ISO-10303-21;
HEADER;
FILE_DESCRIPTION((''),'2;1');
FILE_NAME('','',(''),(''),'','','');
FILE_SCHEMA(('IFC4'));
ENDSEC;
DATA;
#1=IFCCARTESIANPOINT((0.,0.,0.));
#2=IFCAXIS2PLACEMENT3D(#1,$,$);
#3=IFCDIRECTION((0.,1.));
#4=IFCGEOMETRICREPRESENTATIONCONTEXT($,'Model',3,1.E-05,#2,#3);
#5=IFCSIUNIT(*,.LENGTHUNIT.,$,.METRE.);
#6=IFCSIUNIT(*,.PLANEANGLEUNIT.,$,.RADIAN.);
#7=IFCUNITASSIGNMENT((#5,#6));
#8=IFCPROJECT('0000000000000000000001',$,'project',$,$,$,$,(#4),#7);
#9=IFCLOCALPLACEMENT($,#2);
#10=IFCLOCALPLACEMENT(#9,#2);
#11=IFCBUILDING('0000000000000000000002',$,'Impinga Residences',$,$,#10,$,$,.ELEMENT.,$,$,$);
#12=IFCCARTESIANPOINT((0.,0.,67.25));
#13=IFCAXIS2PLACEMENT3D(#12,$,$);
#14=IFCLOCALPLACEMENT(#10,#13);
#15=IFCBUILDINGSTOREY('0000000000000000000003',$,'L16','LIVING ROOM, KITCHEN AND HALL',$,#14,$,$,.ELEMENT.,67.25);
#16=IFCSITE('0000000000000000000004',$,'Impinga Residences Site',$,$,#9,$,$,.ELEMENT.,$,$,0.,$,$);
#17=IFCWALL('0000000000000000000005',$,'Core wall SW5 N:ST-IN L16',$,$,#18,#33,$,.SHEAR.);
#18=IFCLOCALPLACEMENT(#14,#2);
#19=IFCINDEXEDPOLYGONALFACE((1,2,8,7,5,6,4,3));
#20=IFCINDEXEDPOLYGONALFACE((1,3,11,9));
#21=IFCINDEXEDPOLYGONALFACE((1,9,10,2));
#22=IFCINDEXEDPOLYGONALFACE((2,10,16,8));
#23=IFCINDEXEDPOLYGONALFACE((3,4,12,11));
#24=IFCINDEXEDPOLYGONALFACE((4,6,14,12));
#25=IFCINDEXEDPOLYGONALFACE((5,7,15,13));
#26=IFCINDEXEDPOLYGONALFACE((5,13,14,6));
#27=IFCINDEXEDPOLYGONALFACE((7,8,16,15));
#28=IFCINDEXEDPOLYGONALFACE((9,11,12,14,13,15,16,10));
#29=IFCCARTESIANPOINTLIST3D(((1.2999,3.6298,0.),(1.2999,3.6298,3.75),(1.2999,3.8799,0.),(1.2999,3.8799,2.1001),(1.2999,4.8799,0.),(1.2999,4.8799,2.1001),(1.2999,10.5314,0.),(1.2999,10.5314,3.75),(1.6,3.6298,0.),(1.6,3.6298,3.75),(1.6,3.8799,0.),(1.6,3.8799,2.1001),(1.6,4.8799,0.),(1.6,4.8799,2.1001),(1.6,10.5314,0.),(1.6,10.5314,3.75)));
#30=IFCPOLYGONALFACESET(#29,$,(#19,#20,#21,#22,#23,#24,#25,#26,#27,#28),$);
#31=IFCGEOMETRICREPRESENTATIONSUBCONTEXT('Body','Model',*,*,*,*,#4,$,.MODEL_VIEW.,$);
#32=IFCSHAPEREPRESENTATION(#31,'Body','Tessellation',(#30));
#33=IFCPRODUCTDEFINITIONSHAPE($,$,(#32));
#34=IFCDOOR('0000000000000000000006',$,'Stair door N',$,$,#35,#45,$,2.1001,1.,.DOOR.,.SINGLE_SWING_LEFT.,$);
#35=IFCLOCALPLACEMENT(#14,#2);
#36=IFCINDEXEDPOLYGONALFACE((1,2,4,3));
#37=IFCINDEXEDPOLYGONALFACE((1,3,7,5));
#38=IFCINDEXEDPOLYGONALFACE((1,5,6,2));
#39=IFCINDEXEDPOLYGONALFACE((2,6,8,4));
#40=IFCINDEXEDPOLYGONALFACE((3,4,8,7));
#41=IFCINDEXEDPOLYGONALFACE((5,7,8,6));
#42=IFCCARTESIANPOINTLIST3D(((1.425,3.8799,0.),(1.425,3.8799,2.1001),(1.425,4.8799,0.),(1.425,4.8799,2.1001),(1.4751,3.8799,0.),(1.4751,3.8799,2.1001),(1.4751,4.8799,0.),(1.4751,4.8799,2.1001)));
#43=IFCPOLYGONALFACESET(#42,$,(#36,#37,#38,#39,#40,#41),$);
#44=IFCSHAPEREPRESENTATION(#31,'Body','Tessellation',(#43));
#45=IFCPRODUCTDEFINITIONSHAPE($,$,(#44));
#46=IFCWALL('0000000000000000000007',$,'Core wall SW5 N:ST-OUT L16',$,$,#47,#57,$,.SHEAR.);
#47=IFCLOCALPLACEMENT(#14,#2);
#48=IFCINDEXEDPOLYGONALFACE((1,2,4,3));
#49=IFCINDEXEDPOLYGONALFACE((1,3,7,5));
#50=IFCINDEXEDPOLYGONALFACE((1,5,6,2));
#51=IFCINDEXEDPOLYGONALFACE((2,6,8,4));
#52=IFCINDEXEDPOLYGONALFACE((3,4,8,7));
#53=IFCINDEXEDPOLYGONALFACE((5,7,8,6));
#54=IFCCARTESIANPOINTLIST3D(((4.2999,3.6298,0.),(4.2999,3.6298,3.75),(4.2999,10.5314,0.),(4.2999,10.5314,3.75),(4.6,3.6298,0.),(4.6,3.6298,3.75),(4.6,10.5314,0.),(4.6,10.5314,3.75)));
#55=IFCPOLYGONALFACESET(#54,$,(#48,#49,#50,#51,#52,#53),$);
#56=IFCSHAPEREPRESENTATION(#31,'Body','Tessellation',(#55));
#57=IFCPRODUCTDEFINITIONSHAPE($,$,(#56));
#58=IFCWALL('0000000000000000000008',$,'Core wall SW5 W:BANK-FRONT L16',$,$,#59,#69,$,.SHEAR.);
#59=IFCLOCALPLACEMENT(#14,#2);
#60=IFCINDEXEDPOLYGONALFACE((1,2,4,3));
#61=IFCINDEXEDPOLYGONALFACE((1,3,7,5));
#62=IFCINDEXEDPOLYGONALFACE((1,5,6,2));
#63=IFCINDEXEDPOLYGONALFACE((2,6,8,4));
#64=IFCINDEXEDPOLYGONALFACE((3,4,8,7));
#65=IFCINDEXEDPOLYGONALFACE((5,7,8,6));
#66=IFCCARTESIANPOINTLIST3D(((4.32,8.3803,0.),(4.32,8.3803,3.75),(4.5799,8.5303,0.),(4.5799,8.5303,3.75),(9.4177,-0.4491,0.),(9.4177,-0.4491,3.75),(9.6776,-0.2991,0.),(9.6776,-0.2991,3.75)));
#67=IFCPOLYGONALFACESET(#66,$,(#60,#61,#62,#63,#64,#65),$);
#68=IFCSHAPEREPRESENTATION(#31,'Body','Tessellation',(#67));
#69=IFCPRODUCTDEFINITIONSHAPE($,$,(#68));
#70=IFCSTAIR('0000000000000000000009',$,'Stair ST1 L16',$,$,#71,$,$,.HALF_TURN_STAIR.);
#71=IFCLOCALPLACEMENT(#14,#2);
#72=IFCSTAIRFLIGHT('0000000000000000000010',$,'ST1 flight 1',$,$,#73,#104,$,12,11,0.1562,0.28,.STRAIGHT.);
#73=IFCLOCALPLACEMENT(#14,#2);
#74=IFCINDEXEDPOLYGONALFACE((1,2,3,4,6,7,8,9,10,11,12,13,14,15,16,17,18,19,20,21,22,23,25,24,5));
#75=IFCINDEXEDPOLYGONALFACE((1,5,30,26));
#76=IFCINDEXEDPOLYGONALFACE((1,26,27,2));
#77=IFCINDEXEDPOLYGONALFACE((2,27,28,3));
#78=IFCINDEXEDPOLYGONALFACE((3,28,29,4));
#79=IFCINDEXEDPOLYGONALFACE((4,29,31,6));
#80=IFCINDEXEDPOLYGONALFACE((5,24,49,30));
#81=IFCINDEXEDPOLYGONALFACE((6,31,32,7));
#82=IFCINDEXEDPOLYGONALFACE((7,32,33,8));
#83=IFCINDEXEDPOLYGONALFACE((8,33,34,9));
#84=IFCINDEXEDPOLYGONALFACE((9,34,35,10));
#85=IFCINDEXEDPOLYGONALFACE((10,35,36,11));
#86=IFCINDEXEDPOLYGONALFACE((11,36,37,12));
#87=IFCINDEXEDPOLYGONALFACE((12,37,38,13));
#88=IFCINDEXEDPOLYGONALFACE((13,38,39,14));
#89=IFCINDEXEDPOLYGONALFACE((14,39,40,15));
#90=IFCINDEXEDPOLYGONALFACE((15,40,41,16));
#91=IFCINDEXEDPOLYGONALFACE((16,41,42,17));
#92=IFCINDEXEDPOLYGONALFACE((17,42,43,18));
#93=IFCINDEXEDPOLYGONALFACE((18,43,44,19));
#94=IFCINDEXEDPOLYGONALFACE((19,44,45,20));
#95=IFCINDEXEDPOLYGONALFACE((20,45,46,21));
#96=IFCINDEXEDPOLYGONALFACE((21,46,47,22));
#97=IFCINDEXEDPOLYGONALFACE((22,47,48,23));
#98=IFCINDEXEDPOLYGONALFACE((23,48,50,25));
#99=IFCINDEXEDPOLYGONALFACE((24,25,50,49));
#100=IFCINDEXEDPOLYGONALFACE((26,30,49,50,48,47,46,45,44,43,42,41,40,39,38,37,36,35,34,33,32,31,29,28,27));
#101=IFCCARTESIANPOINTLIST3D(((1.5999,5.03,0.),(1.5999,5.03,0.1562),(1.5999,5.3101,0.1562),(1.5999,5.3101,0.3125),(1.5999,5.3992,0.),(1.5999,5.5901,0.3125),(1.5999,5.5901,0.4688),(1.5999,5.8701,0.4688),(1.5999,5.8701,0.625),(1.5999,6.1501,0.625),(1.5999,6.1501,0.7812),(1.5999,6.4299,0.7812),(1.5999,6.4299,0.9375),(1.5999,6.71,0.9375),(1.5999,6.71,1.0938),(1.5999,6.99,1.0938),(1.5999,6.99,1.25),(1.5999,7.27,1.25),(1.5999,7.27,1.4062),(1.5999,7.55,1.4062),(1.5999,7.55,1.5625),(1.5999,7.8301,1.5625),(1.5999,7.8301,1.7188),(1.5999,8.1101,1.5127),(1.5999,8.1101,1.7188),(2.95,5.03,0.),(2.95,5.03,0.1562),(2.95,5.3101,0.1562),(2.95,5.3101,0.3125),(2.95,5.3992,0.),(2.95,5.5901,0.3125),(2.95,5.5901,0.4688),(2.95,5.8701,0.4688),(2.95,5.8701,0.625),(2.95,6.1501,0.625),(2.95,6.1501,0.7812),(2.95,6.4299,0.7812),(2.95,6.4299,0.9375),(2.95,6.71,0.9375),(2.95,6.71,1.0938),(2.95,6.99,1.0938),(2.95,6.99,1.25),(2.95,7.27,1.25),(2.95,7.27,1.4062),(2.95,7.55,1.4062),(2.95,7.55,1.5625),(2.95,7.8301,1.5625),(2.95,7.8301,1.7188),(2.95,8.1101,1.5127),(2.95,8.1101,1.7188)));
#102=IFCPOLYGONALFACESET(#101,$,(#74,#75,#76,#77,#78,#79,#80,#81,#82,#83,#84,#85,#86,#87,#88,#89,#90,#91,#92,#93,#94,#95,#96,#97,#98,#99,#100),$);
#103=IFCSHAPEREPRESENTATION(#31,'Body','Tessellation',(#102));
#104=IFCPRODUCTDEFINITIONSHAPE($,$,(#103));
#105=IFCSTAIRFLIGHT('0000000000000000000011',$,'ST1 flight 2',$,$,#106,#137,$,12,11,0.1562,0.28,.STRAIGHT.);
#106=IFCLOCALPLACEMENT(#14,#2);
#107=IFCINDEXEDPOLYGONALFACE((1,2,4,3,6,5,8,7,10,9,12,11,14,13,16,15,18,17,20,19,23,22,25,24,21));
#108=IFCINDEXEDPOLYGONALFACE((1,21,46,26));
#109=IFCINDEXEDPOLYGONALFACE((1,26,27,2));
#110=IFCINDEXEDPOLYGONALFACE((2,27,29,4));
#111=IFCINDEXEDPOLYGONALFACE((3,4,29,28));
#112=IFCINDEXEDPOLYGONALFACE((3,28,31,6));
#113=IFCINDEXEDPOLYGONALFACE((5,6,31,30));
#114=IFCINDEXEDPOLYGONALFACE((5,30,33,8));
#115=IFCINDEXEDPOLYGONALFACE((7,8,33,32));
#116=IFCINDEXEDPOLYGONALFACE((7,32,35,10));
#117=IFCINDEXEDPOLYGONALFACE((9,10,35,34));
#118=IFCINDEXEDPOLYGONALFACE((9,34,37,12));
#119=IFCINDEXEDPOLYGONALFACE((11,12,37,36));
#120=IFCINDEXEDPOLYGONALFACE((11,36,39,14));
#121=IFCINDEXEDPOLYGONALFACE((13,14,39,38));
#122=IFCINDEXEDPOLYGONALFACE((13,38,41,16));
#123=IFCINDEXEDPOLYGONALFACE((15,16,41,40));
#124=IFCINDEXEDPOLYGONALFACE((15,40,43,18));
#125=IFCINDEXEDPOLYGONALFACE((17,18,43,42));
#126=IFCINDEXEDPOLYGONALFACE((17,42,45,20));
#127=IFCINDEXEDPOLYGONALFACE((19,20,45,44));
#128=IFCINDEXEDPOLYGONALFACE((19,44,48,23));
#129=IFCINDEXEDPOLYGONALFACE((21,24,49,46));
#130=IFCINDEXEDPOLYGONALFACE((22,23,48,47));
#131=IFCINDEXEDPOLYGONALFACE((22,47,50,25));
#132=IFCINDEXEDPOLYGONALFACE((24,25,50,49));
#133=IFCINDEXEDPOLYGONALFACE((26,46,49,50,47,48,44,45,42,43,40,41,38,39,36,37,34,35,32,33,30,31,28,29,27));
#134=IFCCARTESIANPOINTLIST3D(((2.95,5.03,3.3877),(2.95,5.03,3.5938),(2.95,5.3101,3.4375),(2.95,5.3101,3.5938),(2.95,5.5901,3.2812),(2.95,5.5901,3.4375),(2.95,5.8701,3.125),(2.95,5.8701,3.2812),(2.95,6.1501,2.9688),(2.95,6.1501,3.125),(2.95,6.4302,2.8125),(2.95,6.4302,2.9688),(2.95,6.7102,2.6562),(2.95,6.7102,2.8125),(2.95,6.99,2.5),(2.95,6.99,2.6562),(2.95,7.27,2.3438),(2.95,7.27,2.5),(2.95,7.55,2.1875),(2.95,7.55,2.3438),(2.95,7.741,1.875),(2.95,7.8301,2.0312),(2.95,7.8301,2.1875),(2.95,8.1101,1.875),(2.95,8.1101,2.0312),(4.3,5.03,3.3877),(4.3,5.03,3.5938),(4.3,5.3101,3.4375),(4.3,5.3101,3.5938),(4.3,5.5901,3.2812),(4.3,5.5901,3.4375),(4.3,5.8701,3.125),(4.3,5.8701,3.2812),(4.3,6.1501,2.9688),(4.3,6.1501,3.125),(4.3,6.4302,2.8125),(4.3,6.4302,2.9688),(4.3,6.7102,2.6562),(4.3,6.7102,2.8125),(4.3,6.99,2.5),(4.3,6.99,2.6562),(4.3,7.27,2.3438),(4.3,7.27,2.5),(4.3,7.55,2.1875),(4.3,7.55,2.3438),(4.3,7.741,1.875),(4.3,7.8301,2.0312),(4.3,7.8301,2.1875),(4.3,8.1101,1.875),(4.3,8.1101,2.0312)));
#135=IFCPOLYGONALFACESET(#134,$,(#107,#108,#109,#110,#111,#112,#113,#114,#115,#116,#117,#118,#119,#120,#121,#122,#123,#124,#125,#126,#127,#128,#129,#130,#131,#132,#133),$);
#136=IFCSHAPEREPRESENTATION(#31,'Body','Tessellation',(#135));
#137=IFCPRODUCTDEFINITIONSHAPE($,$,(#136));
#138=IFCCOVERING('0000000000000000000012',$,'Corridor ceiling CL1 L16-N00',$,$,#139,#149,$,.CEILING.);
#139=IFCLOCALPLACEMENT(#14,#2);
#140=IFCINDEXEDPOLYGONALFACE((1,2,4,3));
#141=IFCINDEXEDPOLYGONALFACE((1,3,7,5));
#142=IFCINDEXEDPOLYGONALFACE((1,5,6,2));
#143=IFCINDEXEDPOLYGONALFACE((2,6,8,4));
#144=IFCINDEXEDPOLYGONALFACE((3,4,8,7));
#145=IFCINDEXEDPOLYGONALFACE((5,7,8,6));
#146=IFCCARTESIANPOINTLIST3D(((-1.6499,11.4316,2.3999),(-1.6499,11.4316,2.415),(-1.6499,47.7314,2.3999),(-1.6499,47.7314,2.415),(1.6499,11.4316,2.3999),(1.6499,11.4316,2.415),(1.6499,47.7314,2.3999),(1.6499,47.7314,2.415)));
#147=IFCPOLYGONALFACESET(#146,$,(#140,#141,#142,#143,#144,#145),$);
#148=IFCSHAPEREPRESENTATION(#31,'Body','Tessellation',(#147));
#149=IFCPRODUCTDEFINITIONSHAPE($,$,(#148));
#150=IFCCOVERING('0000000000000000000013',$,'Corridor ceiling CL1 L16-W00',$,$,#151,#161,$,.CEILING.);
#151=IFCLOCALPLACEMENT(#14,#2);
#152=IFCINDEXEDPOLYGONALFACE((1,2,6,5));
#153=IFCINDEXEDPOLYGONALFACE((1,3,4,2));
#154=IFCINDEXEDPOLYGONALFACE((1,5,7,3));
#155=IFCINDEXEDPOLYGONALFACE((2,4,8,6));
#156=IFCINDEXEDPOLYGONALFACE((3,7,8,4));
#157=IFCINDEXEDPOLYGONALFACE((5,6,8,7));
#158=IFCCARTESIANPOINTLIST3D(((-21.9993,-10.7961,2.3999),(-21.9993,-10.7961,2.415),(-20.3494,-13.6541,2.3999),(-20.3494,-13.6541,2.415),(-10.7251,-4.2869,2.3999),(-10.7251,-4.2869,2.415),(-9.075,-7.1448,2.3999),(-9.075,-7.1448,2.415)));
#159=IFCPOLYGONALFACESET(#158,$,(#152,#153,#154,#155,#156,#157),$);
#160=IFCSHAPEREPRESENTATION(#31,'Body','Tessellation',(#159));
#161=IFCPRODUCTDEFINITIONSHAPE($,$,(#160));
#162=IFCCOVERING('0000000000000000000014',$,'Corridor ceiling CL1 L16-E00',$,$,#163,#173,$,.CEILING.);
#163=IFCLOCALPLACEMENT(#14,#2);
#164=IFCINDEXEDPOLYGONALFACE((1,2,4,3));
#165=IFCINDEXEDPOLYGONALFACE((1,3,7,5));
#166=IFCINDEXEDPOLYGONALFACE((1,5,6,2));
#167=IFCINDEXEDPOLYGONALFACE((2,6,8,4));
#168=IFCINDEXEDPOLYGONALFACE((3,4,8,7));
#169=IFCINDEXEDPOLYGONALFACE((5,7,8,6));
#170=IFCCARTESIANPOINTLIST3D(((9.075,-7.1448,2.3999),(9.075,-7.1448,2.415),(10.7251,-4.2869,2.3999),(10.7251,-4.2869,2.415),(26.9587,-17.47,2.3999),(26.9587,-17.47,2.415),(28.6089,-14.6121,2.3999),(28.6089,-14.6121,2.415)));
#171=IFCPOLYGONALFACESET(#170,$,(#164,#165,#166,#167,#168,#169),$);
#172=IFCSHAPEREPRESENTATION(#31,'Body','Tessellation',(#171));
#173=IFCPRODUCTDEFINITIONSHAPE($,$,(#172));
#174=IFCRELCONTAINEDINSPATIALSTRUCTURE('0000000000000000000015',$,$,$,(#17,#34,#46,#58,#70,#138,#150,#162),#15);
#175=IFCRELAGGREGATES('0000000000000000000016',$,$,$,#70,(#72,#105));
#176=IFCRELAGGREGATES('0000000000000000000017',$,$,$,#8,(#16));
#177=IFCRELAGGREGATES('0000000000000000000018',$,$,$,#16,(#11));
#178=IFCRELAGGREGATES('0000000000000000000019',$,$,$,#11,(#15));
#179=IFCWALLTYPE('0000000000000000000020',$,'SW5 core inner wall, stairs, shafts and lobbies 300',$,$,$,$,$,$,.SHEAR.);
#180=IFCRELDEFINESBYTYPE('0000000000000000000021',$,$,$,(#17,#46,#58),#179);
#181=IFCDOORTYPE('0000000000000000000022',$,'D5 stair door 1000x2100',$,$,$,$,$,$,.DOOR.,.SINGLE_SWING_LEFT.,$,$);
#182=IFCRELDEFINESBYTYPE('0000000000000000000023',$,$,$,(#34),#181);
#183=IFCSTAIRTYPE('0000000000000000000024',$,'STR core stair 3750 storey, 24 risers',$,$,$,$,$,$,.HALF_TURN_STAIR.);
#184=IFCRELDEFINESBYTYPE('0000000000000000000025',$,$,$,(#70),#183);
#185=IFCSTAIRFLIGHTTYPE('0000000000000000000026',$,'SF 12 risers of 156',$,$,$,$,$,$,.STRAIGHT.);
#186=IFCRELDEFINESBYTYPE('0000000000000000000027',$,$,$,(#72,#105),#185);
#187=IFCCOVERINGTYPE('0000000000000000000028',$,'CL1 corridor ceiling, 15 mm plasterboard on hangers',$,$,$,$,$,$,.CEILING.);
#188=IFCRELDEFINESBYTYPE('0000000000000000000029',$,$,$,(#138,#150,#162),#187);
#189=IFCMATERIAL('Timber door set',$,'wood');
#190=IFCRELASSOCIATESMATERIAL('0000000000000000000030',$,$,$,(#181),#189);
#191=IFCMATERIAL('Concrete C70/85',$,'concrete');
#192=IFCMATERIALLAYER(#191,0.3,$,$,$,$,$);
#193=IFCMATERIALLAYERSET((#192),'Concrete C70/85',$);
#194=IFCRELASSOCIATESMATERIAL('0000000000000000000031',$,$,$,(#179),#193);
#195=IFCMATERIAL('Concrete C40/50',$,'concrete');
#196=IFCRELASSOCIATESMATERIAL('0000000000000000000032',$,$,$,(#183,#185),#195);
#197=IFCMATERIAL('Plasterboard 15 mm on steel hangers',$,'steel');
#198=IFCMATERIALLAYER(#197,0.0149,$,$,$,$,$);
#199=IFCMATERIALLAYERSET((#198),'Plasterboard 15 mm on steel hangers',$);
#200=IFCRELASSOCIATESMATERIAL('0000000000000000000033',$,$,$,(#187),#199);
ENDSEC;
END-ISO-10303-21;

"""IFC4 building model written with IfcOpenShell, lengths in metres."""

from ifc_helpers import new_model, si_unit, direction, frame, frame_2d, origin, place, context, subcontext, project, spatial, polyline, rectangle, outline, extrude, material, layer, layer_set, type_object, element, fill, aggregate, save


model = new_model("IFC4")

# Units and contexts
model_context = context("Model", 3, precision=1e-05, world=origin(), true_north=direction((0.0, 1.0)))
body_context = subcontext(model_context, "Body", "Model", "MODEL_VIEW")
ifc_project = project(units=[si_unit("LENGTHUNIT", "METRE"), si_unit("PLANEANGLEUNIT", "RADIAN")], contexts=[model_context])

# Site, building, storey
site_placement = place(None, origin())
site = spatial("IfcSite", under=ifc_project, at=site_placement, Name="Impinga Residences Site", CompositionType="ELEMENT", RefElevation=0.0)
building_placement = place(site_placement, origin())
building = spatial("IfcBuilding", under=site, at=building_placement, Name="Impinga Residences", CompositionType="ELEMENT")
storey_placement = place(building_placement, frame((0.0, 0.0, 67.25)))
storey = spatial("IfcBuildingStorey", under=building, at=storey_placement, Name="L16", Description="LIVING ROOM, KITCHEN AND HALL", CompositionType="ELEMENT", Elevation=67.25)

# Shared definitions
ifc_material_1 = material(Name="Concrete C70/85", Category="concrete")
ifc_material_2 = material(Name="Timber door set", Category="wood")
door_type_1 = type_object("IfcDoorType", Name="D5 stair door 1000x2100", OperationType="SINGLE_SWING_LEFT", PredefinedType="DOOR", material=ifc_material_2)

# Wall, opening, door
ifc_layer_1 = layer(ifc_material_1, 0.3)
ifc_layer_set_1 = layer_set([ifc_layer_1], Name="Concrete C70/85")
wall_type_1 = type_object("IfcWallType", Name="SW5 core inner wall, stairs, shafts and lobbies 300", PredefinedType="SHEAR", material=ifc_layer_set_1)
wall_1_placement = place(storey_placement, frame((1.45, 3.6299, 0.0), z_axis=(0.0, 0.0, 1.0), x_axis=(0.0, 1.0, 0.0)))
wall_1 = element("IfcWall", 1, at=wall_1_placement, inside=storey, type_object=wall_type_1, Name="Core wall SW5 N:ST-IN L16", PredefinedType="SHEAR", context=body_context, shape_type="SweptSolid", body=[
    extrude(rectangle(XDim=6.9016, YDim=0.3, at=frame_2d((3.4507, 0.0))), origin(), (0.0, 0.0, 1.0), 3.75),
])
opening_1_placement = place(wall_1_placement, frame((0.25, 0.0, 0.0)))
opening_1 = element("IfcOpeningElement", 2, at=opening_1_placement, cuts=wall_1, PredefinedType="OPENING", context=body_context, shape_type="SweptSolid", body=[
    extrude(rectangle(XDim=1.0, YDim=2.1001, at=frame_2d((0.5, 1.05))), frame((0.0, 0.1599, 0.0), z_axis=(0.0, -1.0, 0.0), x_axis=(1.0, 0.0, 0.0)), (0.0, 0.0, 1.0), 0.3201),
])
door_1_placement = place(opening_1_placement, origin())
door_1 = element("IfcDoor", 3, at=door_1_placement, inside=storey, type_object=door_type_1, Name="Stair door N", OperationType="SINGLE_SWING_LEFT", OverallHeight=2.1001, OverallWidth=1.0, PredefinedType="DOOR", context=body_context, shape_type="SweptSolid", body=[
    extrude(rectangle(XDim=1.0, YDim=2.1001, at=frame_2d((0.5, 1.05))), frame((0.0, 0.0249, 0.0), z_axis=(0.0, -1.0, 0.0), x_axis=(1.0, 0.0, 0.0)), (0.0, 0.0, 1.0), 0.05),
])
fill(opening_1, door_1)

# Walls
wall_2_placement = place(storey_placement, frame((4.45, 3.6299, 0.0), z_axis=(0.0, 0.0, 1.0), x_axis=(0.0, 1.0, 0.0)))
element("IfcWall", 4, at=wall_2_placement, inside=storey, type_object=wall_type_1, Name="Core wall SW5 N:ST-OUT L16", PredefinedType="SHEAR", context=body_context, shape_type="SweptSolid", body=[
    extrude(rectangle(XDim=6.9016, YDim=0.3, at=frame_2d((3.4507, 0.0))), origin(), (0.0, 0.0, 1.0), 3.75),
])
wall_3_placement = place(storey_placement, frame((4.45, 8.4553, 0.0), z_axis=(0.0, 0.0, 1.0), x_axis=(0.500002, -0.866024, 0.0)))
element("IfcWall", 5, at=wall_3_placement, inside=storey, type_object=wall_type_1, Name="Core wall SW5 W:BANK-FRONT L16", PredefinedType="SHEAR", context=body_context, shape_type="SweptSolid", body=[
    extrude(rectangle(XDim=10.1953, YDim=0.3, at=frame_2d((5.0977, 0.0))), origin(), (0.0, 0.0, 1.0), 3.75),
])

# Stair, stair flights
ifc_material_3 = material(Name="Concrete C40/50", Category="concrete")
stair_type = type_object("IfcStairType", Name="STR core stair 3750 storey, 24 risers", PredefinedType="HALF_TURN_STAIR", material=ifc_material_3)
stair_placement = place(storey_placement, origin())
stair = element("IfcStair", 6, at=stair_placement, inside=storey, type_object=stair_type, Name="Stair ST1 L16", PredefinedType="HALF_TURN_STAIR")
stair_flight_type = type_object("IfcStairFlightType", Name="SF 12 risers of 156", PredefinedType="STRAIGHT", material=ifc_material_3)
stair_flight_1_placement = place(storey_placement, frame((2.2749, 5.03, 0.0), z_axis=(0.0, 0.0, 1.0), x_axis=(0.0, 1.0, 0.0)))
stair_flight_1 = element("IfcStairFlight", 7, at=stair_flight_1_placement, type_object=stair_flight_type, Name="ST1 flight 1", NumberOfRisers=12, NumberOfTreads=11, PredefinedType="STRAIGHT", RiserHeight=0.1562, TreadLength=0.28, context=body_context, shape_type="SweptSolid", body=[
    extrude(outline(polyline([(0.0, 0.0), (0.0, 0.1562), (0.28, 0.1562), (0.28, 0.3125), (0.5601, 0.3125), (0.5601, 0.4688), (0.8401, 0.4688), (0.8401, 0.625), (1.1201, 0.625), (1.1201, 0.7812), (1.3999, 0.7812), (1.3999, 0.9375), (1.6799, 0.9375), (1.6799, 1.0938), (1.96, 1.0938), (1.96, 1.25), (2.24, 1.25), (2.24, 1.4062), (2.52, 1.4062), (2.52, 1.5625), (2.8, 1.5625), (2.8, 1.7188), (3.0801, 1.7188), (3.0801, 1.875), (3.0801, 1.5127), (0.3691, 0.0), (0.0, 0.0)])), frame((0.0, 0.675, 0.0), z_axis=(0.0, -1.0, 0.0), x_axis=(1.0, 0.0, 0.0)), (0.0, 0.0, 1.0), 1.3501),
])
stair_flight_2_placement = place(storey_placement, frame((3.625, 8.1101, 1.875), z_axis=(0.0, 0.0, 1.0), x_axis=(0.0, -1.0, 0.0)))
stair_flight_2 = element("IfcStairFlight", 8, at=stair_flight_2_placement, type_object=stair_flight_type, Name="ST1 flight 2", NumberOfRisers=12, NumberOfTreads=11, PredefinedType="STRAIGHT", RiserHeight=0.1562, TreadLength=0.28, context=body_context, shape_type="SweptSolid", body=[
    extrude(outline(polyline([(0.0, 0.0), (0.0, 0.1562), (0.28, 0.1562), (0.28, 0.3125), (0.5601, 0.3125), (0.5601, 0.4688), (0.8401, 0.4688), (0.8401, 0.625), (1.1201, 0.625), (1.1201, 0.7812), (1.3999, 0.7812), (1.3999, 0.9375), (1.6799, 0.9375), (1.6799, 1.0938), (1.96, 1.0938), (1.96, 1.25), (2.24, 1.25), (2.24, 1.4062), (2.52, 1.4062), (2.52, 1.5625), (2.8, 1.5625), (2.8, 1.7188), (3.0801, 1.7188), (3.0801, 1.875), (3.0801, 1.5127), (0.3691, 0.0), (0.0, 0.0)])), frame((0.0, 0.675, 0.0), z_axis=(0.0, -1.0, 0.0), x_axis=(1.0, 0.0, 0.0)), (0.0, 0.0, 1.0), 1.3501),
])
aggregate(stair, [stair_flight_1, stair_flight_2])

# Coverings
ifc_material_4 = material(Name="Plasterboard 15 mm on steel hangers", Category="steel")
ifc_layer_2 = layer(ifc_material_4, 0.0149)
ifc_layer_set_2 = layer_set([ifc_layer_2], Name="Plasterboard 15 mm on steel hangers")
covering_type_1 = type_object("IfcCoveringType", Name="CL1 corridor ceiling, 15 mm plasterboard on hangers", PredefinedType="CEILING", material=ifc_layer_set_2)
covering_1_placement = place(storey_placement, frame((0.0, 0.0, 2.3999)))
element("IfcCovering", 9, at=covering_1_placement, inside=storey, type_object=covering_type_1, Name="Corridor ceiling CL1 L16-N00", PredefinedType="CEILING", context=body_context, shape_type="SweptSolid", body=[
    extrude(outline(polyline([(-1.6499, 11.4316), (1.6499, 11.4316), (1.6499, 47.7314), (-1.6499, 47.7314), (-1.6499, 11.4316)])), origin(), (0.0, 0.0, 1.0), 0.0151),
])
covering_2_placement = place(storey_placement, frame((0.0, 0.0, 2.3999)))
element("IfcCovering", 10, at=covering_2_placement, inside=storey, type_object=covering_type_1, Name="Corridor ceiling CL1 L16-W00", PredefinedType="CEILING", context=body_context, shape_type="SweptSolid", body=[
    extrude(outline(polyline([(-10.7251, -4.2869), (-9.075, -7.1448), (-20.3494, -13.6541), (-21.9993, -10.7961), (-10.7251, -4.2869)])), origin(), (0.0, 0.0, 1.0), 0.0151),
])
covering_3_placement = place(storey_placement, frame((0.0, 0.0, 2.3999)))
element("IfcCovering", 11, at=covering_3_placement, inside=storey, type_object=covering_type_1, Name="Corridor ceiling CL1 L16-E00", PredefinedType="CEILING", context=body_context, shape_type="SweptSolid", body=[
    extrude(outline(polyline([(9.075, -7.1448), (10.7251, -4.2869), (28.6089, -14.6121), (26.9587, -17.47), (9.075, -7.1448)])), origin(), (0.0, 0.0, 1.0), 0.0151),
])

save(model, "model.ifc")
